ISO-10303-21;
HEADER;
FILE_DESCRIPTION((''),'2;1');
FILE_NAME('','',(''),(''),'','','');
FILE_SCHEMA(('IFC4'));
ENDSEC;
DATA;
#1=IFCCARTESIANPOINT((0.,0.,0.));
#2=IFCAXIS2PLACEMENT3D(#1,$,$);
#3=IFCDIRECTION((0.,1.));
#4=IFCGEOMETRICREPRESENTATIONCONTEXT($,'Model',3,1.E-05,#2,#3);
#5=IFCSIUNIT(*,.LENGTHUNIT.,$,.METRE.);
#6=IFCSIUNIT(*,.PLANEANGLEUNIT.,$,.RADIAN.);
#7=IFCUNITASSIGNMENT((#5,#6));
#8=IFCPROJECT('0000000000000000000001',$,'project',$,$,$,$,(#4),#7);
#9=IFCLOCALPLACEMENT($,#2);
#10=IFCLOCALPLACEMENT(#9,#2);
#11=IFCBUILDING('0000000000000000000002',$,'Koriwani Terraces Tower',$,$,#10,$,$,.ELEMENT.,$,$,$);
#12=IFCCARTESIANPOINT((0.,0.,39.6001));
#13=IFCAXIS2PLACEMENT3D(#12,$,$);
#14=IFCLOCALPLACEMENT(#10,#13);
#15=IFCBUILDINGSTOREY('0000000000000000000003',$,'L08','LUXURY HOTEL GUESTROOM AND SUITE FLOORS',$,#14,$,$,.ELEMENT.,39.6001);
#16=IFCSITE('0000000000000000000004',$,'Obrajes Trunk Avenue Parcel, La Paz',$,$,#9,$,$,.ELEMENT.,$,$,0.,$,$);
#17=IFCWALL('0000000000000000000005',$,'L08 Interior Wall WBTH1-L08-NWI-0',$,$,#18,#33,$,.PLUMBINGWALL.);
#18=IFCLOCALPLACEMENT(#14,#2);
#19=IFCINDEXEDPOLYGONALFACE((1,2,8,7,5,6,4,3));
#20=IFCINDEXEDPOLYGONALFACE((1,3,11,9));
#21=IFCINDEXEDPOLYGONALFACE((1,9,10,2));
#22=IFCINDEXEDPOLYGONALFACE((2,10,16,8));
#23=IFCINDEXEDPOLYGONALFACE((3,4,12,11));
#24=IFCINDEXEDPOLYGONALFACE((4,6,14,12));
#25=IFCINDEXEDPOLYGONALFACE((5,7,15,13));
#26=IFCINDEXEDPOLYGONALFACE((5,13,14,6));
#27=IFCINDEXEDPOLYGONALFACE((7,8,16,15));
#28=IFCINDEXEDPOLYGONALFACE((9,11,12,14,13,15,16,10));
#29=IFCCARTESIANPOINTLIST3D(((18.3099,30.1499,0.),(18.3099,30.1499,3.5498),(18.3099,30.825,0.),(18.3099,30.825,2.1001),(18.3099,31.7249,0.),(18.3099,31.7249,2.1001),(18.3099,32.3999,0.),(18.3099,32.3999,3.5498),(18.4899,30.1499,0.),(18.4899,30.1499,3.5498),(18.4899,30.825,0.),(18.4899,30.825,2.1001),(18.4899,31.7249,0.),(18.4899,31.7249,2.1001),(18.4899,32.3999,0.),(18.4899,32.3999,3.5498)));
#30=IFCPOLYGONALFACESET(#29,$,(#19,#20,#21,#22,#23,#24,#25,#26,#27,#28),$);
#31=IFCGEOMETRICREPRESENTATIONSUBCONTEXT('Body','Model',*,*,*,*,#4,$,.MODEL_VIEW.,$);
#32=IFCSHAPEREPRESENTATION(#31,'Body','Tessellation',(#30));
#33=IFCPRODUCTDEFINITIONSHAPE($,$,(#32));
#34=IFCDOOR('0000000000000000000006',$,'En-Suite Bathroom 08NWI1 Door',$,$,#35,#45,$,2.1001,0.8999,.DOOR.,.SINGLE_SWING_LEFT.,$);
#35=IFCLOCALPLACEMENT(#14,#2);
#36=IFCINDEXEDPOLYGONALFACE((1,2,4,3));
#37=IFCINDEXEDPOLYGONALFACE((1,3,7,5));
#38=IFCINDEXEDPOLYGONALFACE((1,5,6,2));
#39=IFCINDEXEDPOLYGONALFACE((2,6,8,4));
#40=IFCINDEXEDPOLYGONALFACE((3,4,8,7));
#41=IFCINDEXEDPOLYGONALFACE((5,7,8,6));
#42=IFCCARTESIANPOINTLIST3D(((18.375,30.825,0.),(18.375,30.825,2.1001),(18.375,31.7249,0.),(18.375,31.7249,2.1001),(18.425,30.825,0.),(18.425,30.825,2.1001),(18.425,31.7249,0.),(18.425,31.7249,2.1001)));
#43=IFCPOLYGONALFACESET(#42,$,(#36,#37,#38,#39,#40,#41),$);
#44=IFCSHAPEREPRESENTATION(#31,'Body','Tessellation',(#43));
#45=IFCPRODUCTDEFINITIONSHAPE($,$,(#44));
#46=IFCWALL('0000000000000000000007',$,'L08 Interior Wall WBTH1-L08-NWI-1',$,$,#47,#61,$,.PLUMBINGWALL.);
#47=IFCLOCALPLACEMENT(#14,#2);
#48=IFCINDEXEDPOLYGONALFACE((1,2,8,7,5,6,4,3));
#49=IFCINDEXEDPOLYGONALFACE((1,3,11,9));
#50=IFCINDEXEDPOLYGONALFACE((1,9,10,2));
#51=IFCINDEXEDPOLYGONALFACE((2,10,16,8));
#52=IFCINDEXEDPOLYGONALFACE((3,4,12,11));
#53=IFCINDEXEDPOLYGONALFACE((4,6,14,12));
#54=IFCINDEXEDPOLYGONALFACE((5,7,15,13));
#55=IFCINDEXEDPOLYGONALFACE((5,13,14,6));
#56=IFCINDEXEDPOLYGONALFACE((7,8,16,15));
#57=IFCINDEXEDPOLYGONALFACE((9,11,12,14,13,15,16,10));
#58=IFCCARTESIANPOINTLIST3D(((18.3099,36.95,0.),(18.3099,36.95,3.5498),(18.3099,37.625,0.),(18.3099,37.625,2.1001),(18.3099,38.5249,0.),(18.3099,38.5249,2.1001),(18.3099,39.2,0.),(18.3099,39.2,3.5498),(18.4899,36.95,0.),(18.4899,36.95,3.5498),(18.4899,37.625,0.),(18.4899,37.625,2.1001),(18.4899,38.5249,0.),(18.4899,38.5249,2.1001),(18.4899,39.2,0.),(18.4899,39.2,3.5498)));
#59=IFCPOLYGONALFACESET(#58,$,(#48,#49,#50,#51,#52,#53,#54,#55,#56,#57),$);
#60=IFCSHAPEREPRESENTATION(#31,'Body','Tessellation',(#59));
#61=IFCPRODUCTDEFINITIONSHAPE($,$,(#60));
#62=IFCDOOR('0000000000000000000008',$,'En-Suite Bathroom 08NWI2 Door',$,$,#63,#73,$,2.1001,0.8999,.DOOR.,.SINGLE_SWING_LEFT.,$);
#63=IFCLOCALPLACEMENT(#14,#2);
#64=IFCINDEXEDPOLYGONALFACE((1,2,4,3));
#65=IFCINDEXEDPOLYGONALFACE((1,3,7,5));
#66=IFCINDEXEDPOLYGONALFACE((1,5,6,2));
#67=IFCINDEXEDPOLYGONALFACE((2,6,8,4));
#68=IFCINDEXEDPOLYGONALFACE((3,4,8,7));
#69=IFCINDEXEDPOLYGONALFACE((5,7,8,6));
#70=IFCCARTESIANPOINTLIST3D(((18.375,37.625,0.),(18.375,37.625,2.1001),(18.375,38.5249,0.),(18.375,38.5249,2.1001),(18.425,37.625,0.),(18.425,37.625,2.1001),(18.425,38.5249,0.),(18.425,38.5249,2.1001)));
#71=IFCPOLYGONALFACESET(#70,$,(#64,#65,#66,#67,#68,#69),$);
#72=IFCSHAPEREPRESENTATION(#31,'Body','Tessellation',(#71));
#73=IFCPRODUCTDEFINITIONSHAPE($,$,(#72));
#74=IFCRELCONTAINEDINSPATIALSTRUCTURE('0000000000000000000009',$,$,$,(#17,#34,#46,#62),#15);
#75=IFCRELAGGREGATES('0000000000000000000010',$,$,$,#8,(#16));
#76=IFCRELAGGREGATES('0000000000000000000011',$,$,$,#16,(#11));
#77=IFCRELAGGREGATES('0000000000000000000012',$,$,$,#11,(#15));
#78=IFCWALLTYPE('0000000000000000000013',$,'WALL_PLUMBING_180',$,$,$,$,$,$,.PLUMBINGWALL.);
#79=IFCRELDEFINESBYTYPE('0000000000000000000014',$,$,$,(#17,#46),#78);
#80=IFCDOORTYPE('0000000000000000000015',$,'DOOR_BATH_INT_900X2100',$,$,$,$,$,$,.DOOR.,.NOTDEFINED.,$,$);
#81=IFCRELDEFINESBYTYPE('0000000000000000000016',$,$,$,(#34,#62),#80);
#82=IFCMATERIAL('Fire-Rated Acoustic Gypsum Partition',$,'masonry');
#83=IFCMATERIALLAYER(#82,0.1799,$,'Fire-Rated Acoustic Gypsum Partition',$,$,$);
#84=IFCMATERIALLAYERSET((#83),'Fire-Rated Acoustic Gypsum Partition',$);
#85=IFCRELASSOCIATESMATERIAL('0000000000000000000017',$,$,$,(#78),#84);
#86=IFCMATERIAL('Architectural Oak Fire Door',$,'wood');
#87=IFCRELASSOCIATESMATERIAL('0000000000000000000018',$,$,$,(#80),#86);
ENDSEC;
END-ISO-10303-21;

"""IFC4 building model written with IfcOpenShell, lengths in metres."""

from ifc_helpers import new_model, si_unit, direction, frame, frame_2d, origin, place, context, subcontext, project, spatial, rectangle, extrude, material, layer, layer_set, type_object, element, fill, save


model = new_model("IFC4")

# Units and contexts
model_context = context("Model", 3, precision=1e-05, world=origin(), true_north=direction((0.0, 1.0)))
body_context = subcontext(model_context, "Body", "Model", "MODEL_VIEW")
ifc_project = project(units=[si_unit("LENGTHUNIT", "METRE"), si_unit("PLANEANGLEUNIT", "RADIAN")], contexts=[model_context])

# Site, building, storey
site_placement = place(None, origin())
site = spatial("IfcSite", under=ifc_project, at=site_placement, Name="Obrajes Trunk Avenue Parcel, La Paz", CompositionType="ELEMENT", RefElevation=0.0)
building_placement = place(site_placement, origin())
building = spatial("IfcBuilding", under=site, at=building_placement, Name="Koriwani Terraces Tower", CompositionType="ELEMENT")
storey_placement = place(building_placement, frame((0.0, 0.0, 39.6001)))
storey = spatial("IfcBuildingStorey", under=building, at=storey_placement, Name="L08", Description="LUXURY HOTEL GUESTROOM AND SUITE FLOORS", CompositionType="ELEMENT", Elevation=39.6001)

# Walls, openings, doors
ifc_material_1 = material(Name="Fire-Rated Acoustic Gypsum Partition", Category="masonry")
ifc_layer_1 = layer(ifc_material_1, 0.1799, Name="Fire-Rated Acoustic Gypsum Partition")
ifc_layer_set_1 = layer_set([ifc_layer_1], Name="Fire-Rated Acoustic Gypsum Partition")
wall_type_1 = type_object("IfcWallType", Name="WALL_PLUMBING_180", PredefinedType="PLUMBINGWALL", material=ifc_layer_set_1)
wall_1_placement = place(storey_placement, frame((18.3999, 30.1499, 0.0), z_axis=(0.0, 0.0, 1.0), x_axis=(0.0, 1.0, 0.0)))
wall_1 = element("IfcWall", 1, at=wall_1_placement, inside=storey, type_object=wall_type_1, Name="L08 Interior Wall WBTH1-L08-NWI-0", PredefinedType="PLUMBINGWALL", context=body_context, shape_type="SweptSolid", body=[
    extrude(rectangle(XDim=2.25, YDim=0.1799, at=frame_2d((1.125, 0.0))), origin(), (0.0, 0.0, 1.0), 3.5498),
])
opening_1_placement = place(wall_1_placement, frame((0.675, 0.0, 0.0)))
opening_1 = element("IfcOpeningElement", 2, at=opening_1_placement, cuts=wall_1, PredefinedType="OPENING", context=body_context, shape_type="SweptSolid", body=[
    extrude(rectangle(XDim=0.8999, YDim=2.1001, at=frame_2d((0.45, 1.05))), frame((0.0, 0.1001, 0.0), z_axis=(0.0, -1.0, 0.0), x_axis=(1.0, 0.0, 0.0)), (0.0, 0.0, 1.0), 0.2),
])
ifc_material_2 = material(Name="Architectural Oak Fire Door", Category="wood")
door_type = type_object("IfcDoorType", Name="DOOR_BATH_INT_900X2100", OperationType="NOTDEFINED", PredefinedType="DOOR", material=ifc_material_2)
door_1_placement = place(opening_1_placement, origin())
door_1 = element("IfcDoor", 3, at=door_1_placement, inside=storey, type_object=door_type, Name="En-Suite Bathroom 08NWI1 Door", OperationType="SINGLE_SWING_LEFT", OverallHeight=2.1001, OverallWidth=0.8999, PredefinedType="DOOR", context=body_context, shape_type="SweptSolid", body=[
    extrude(rectangle(XDim=0.8999, YDim=2.1001, at=frame_2d((0.45, 1.05))), frame((0.0, 0.0249, 0.0), z_axis=(0.0, -1.0, 0.0), x_axis=(1.0, 0.0, 0.0)), (0.0, 0.0, 1.0), 0.05),
])
fill(opening_1, door_1)
wall_2_placement = place(storey_placement, frame((18.3999, 36.95, 0.0), z_axis=(0.0, 0.0, 1.0), x_axis=(0.0, 1.0, 0.0)))
wall_2 = element("IfcWall", 4, at=wall_2_placement, inside=storey, type_object=wall_type_1, Name="L08 Interior Wall WBTH1-L08-NWI-1", PredefinedType="PLUMBINGWALL", context=body_context, shape_type="SweptSolid", body=[
    extrude(rectangle(XDim=2.25, YDim=0.1799, at=frame_2d((1.125, 0.0))), origin(), (0.0, 0.0, 1.0), 3.5498),
])
opening_2_placement = place(wall_2_placement, frame((0.675, 0.0, 0.0)))
opening_2 = element("IfcOpeningElement", 5, at=opening_2_placement, cuts=wall_2, PredefinedType="OPENING", context=body_context, shape_type="SweptSolid", body=[
    extrude(rectangle(XDim=0.8999, YDim=2.1001, at=frame_2d((0.45, 1.05))), frame((0.0, 0.1001, 0.0), z_axis=(0.0, -1.0, 0.0), x_axis=(1.0, 0.0, 0.0)), (0.0, 0.0, 1.0), 0.2),
])
door_2_placement = place(opening_2_placement, origin())
door_2 = element("IfcDoor", 6, at=door_2_placement, inside=storey, type_object=door_type, Name="En-Suite Bathroom 08NWI2 Door", OperationType="SINGLE_SWING_LEFT", OverallHeight=2.1001, OverallWidth=0.8999, PredefinedType="DOOR", context=body_context, shape_type="SweptSolid", body=[
    extrude(rectangle(XDim=0.8999, YDim=2.1001, at=frame_2d((0.45, 1.05))), frame((0.0, 0.0249, 0.0), z_axis=(0.0, -1.0, 0.0), x_axis=(1.0, 0.0, 0.0)), (0.0, 0.0, 1.0), 0.05),
])
fill(opening_2, door_2)

save(model, "model.ifc")
